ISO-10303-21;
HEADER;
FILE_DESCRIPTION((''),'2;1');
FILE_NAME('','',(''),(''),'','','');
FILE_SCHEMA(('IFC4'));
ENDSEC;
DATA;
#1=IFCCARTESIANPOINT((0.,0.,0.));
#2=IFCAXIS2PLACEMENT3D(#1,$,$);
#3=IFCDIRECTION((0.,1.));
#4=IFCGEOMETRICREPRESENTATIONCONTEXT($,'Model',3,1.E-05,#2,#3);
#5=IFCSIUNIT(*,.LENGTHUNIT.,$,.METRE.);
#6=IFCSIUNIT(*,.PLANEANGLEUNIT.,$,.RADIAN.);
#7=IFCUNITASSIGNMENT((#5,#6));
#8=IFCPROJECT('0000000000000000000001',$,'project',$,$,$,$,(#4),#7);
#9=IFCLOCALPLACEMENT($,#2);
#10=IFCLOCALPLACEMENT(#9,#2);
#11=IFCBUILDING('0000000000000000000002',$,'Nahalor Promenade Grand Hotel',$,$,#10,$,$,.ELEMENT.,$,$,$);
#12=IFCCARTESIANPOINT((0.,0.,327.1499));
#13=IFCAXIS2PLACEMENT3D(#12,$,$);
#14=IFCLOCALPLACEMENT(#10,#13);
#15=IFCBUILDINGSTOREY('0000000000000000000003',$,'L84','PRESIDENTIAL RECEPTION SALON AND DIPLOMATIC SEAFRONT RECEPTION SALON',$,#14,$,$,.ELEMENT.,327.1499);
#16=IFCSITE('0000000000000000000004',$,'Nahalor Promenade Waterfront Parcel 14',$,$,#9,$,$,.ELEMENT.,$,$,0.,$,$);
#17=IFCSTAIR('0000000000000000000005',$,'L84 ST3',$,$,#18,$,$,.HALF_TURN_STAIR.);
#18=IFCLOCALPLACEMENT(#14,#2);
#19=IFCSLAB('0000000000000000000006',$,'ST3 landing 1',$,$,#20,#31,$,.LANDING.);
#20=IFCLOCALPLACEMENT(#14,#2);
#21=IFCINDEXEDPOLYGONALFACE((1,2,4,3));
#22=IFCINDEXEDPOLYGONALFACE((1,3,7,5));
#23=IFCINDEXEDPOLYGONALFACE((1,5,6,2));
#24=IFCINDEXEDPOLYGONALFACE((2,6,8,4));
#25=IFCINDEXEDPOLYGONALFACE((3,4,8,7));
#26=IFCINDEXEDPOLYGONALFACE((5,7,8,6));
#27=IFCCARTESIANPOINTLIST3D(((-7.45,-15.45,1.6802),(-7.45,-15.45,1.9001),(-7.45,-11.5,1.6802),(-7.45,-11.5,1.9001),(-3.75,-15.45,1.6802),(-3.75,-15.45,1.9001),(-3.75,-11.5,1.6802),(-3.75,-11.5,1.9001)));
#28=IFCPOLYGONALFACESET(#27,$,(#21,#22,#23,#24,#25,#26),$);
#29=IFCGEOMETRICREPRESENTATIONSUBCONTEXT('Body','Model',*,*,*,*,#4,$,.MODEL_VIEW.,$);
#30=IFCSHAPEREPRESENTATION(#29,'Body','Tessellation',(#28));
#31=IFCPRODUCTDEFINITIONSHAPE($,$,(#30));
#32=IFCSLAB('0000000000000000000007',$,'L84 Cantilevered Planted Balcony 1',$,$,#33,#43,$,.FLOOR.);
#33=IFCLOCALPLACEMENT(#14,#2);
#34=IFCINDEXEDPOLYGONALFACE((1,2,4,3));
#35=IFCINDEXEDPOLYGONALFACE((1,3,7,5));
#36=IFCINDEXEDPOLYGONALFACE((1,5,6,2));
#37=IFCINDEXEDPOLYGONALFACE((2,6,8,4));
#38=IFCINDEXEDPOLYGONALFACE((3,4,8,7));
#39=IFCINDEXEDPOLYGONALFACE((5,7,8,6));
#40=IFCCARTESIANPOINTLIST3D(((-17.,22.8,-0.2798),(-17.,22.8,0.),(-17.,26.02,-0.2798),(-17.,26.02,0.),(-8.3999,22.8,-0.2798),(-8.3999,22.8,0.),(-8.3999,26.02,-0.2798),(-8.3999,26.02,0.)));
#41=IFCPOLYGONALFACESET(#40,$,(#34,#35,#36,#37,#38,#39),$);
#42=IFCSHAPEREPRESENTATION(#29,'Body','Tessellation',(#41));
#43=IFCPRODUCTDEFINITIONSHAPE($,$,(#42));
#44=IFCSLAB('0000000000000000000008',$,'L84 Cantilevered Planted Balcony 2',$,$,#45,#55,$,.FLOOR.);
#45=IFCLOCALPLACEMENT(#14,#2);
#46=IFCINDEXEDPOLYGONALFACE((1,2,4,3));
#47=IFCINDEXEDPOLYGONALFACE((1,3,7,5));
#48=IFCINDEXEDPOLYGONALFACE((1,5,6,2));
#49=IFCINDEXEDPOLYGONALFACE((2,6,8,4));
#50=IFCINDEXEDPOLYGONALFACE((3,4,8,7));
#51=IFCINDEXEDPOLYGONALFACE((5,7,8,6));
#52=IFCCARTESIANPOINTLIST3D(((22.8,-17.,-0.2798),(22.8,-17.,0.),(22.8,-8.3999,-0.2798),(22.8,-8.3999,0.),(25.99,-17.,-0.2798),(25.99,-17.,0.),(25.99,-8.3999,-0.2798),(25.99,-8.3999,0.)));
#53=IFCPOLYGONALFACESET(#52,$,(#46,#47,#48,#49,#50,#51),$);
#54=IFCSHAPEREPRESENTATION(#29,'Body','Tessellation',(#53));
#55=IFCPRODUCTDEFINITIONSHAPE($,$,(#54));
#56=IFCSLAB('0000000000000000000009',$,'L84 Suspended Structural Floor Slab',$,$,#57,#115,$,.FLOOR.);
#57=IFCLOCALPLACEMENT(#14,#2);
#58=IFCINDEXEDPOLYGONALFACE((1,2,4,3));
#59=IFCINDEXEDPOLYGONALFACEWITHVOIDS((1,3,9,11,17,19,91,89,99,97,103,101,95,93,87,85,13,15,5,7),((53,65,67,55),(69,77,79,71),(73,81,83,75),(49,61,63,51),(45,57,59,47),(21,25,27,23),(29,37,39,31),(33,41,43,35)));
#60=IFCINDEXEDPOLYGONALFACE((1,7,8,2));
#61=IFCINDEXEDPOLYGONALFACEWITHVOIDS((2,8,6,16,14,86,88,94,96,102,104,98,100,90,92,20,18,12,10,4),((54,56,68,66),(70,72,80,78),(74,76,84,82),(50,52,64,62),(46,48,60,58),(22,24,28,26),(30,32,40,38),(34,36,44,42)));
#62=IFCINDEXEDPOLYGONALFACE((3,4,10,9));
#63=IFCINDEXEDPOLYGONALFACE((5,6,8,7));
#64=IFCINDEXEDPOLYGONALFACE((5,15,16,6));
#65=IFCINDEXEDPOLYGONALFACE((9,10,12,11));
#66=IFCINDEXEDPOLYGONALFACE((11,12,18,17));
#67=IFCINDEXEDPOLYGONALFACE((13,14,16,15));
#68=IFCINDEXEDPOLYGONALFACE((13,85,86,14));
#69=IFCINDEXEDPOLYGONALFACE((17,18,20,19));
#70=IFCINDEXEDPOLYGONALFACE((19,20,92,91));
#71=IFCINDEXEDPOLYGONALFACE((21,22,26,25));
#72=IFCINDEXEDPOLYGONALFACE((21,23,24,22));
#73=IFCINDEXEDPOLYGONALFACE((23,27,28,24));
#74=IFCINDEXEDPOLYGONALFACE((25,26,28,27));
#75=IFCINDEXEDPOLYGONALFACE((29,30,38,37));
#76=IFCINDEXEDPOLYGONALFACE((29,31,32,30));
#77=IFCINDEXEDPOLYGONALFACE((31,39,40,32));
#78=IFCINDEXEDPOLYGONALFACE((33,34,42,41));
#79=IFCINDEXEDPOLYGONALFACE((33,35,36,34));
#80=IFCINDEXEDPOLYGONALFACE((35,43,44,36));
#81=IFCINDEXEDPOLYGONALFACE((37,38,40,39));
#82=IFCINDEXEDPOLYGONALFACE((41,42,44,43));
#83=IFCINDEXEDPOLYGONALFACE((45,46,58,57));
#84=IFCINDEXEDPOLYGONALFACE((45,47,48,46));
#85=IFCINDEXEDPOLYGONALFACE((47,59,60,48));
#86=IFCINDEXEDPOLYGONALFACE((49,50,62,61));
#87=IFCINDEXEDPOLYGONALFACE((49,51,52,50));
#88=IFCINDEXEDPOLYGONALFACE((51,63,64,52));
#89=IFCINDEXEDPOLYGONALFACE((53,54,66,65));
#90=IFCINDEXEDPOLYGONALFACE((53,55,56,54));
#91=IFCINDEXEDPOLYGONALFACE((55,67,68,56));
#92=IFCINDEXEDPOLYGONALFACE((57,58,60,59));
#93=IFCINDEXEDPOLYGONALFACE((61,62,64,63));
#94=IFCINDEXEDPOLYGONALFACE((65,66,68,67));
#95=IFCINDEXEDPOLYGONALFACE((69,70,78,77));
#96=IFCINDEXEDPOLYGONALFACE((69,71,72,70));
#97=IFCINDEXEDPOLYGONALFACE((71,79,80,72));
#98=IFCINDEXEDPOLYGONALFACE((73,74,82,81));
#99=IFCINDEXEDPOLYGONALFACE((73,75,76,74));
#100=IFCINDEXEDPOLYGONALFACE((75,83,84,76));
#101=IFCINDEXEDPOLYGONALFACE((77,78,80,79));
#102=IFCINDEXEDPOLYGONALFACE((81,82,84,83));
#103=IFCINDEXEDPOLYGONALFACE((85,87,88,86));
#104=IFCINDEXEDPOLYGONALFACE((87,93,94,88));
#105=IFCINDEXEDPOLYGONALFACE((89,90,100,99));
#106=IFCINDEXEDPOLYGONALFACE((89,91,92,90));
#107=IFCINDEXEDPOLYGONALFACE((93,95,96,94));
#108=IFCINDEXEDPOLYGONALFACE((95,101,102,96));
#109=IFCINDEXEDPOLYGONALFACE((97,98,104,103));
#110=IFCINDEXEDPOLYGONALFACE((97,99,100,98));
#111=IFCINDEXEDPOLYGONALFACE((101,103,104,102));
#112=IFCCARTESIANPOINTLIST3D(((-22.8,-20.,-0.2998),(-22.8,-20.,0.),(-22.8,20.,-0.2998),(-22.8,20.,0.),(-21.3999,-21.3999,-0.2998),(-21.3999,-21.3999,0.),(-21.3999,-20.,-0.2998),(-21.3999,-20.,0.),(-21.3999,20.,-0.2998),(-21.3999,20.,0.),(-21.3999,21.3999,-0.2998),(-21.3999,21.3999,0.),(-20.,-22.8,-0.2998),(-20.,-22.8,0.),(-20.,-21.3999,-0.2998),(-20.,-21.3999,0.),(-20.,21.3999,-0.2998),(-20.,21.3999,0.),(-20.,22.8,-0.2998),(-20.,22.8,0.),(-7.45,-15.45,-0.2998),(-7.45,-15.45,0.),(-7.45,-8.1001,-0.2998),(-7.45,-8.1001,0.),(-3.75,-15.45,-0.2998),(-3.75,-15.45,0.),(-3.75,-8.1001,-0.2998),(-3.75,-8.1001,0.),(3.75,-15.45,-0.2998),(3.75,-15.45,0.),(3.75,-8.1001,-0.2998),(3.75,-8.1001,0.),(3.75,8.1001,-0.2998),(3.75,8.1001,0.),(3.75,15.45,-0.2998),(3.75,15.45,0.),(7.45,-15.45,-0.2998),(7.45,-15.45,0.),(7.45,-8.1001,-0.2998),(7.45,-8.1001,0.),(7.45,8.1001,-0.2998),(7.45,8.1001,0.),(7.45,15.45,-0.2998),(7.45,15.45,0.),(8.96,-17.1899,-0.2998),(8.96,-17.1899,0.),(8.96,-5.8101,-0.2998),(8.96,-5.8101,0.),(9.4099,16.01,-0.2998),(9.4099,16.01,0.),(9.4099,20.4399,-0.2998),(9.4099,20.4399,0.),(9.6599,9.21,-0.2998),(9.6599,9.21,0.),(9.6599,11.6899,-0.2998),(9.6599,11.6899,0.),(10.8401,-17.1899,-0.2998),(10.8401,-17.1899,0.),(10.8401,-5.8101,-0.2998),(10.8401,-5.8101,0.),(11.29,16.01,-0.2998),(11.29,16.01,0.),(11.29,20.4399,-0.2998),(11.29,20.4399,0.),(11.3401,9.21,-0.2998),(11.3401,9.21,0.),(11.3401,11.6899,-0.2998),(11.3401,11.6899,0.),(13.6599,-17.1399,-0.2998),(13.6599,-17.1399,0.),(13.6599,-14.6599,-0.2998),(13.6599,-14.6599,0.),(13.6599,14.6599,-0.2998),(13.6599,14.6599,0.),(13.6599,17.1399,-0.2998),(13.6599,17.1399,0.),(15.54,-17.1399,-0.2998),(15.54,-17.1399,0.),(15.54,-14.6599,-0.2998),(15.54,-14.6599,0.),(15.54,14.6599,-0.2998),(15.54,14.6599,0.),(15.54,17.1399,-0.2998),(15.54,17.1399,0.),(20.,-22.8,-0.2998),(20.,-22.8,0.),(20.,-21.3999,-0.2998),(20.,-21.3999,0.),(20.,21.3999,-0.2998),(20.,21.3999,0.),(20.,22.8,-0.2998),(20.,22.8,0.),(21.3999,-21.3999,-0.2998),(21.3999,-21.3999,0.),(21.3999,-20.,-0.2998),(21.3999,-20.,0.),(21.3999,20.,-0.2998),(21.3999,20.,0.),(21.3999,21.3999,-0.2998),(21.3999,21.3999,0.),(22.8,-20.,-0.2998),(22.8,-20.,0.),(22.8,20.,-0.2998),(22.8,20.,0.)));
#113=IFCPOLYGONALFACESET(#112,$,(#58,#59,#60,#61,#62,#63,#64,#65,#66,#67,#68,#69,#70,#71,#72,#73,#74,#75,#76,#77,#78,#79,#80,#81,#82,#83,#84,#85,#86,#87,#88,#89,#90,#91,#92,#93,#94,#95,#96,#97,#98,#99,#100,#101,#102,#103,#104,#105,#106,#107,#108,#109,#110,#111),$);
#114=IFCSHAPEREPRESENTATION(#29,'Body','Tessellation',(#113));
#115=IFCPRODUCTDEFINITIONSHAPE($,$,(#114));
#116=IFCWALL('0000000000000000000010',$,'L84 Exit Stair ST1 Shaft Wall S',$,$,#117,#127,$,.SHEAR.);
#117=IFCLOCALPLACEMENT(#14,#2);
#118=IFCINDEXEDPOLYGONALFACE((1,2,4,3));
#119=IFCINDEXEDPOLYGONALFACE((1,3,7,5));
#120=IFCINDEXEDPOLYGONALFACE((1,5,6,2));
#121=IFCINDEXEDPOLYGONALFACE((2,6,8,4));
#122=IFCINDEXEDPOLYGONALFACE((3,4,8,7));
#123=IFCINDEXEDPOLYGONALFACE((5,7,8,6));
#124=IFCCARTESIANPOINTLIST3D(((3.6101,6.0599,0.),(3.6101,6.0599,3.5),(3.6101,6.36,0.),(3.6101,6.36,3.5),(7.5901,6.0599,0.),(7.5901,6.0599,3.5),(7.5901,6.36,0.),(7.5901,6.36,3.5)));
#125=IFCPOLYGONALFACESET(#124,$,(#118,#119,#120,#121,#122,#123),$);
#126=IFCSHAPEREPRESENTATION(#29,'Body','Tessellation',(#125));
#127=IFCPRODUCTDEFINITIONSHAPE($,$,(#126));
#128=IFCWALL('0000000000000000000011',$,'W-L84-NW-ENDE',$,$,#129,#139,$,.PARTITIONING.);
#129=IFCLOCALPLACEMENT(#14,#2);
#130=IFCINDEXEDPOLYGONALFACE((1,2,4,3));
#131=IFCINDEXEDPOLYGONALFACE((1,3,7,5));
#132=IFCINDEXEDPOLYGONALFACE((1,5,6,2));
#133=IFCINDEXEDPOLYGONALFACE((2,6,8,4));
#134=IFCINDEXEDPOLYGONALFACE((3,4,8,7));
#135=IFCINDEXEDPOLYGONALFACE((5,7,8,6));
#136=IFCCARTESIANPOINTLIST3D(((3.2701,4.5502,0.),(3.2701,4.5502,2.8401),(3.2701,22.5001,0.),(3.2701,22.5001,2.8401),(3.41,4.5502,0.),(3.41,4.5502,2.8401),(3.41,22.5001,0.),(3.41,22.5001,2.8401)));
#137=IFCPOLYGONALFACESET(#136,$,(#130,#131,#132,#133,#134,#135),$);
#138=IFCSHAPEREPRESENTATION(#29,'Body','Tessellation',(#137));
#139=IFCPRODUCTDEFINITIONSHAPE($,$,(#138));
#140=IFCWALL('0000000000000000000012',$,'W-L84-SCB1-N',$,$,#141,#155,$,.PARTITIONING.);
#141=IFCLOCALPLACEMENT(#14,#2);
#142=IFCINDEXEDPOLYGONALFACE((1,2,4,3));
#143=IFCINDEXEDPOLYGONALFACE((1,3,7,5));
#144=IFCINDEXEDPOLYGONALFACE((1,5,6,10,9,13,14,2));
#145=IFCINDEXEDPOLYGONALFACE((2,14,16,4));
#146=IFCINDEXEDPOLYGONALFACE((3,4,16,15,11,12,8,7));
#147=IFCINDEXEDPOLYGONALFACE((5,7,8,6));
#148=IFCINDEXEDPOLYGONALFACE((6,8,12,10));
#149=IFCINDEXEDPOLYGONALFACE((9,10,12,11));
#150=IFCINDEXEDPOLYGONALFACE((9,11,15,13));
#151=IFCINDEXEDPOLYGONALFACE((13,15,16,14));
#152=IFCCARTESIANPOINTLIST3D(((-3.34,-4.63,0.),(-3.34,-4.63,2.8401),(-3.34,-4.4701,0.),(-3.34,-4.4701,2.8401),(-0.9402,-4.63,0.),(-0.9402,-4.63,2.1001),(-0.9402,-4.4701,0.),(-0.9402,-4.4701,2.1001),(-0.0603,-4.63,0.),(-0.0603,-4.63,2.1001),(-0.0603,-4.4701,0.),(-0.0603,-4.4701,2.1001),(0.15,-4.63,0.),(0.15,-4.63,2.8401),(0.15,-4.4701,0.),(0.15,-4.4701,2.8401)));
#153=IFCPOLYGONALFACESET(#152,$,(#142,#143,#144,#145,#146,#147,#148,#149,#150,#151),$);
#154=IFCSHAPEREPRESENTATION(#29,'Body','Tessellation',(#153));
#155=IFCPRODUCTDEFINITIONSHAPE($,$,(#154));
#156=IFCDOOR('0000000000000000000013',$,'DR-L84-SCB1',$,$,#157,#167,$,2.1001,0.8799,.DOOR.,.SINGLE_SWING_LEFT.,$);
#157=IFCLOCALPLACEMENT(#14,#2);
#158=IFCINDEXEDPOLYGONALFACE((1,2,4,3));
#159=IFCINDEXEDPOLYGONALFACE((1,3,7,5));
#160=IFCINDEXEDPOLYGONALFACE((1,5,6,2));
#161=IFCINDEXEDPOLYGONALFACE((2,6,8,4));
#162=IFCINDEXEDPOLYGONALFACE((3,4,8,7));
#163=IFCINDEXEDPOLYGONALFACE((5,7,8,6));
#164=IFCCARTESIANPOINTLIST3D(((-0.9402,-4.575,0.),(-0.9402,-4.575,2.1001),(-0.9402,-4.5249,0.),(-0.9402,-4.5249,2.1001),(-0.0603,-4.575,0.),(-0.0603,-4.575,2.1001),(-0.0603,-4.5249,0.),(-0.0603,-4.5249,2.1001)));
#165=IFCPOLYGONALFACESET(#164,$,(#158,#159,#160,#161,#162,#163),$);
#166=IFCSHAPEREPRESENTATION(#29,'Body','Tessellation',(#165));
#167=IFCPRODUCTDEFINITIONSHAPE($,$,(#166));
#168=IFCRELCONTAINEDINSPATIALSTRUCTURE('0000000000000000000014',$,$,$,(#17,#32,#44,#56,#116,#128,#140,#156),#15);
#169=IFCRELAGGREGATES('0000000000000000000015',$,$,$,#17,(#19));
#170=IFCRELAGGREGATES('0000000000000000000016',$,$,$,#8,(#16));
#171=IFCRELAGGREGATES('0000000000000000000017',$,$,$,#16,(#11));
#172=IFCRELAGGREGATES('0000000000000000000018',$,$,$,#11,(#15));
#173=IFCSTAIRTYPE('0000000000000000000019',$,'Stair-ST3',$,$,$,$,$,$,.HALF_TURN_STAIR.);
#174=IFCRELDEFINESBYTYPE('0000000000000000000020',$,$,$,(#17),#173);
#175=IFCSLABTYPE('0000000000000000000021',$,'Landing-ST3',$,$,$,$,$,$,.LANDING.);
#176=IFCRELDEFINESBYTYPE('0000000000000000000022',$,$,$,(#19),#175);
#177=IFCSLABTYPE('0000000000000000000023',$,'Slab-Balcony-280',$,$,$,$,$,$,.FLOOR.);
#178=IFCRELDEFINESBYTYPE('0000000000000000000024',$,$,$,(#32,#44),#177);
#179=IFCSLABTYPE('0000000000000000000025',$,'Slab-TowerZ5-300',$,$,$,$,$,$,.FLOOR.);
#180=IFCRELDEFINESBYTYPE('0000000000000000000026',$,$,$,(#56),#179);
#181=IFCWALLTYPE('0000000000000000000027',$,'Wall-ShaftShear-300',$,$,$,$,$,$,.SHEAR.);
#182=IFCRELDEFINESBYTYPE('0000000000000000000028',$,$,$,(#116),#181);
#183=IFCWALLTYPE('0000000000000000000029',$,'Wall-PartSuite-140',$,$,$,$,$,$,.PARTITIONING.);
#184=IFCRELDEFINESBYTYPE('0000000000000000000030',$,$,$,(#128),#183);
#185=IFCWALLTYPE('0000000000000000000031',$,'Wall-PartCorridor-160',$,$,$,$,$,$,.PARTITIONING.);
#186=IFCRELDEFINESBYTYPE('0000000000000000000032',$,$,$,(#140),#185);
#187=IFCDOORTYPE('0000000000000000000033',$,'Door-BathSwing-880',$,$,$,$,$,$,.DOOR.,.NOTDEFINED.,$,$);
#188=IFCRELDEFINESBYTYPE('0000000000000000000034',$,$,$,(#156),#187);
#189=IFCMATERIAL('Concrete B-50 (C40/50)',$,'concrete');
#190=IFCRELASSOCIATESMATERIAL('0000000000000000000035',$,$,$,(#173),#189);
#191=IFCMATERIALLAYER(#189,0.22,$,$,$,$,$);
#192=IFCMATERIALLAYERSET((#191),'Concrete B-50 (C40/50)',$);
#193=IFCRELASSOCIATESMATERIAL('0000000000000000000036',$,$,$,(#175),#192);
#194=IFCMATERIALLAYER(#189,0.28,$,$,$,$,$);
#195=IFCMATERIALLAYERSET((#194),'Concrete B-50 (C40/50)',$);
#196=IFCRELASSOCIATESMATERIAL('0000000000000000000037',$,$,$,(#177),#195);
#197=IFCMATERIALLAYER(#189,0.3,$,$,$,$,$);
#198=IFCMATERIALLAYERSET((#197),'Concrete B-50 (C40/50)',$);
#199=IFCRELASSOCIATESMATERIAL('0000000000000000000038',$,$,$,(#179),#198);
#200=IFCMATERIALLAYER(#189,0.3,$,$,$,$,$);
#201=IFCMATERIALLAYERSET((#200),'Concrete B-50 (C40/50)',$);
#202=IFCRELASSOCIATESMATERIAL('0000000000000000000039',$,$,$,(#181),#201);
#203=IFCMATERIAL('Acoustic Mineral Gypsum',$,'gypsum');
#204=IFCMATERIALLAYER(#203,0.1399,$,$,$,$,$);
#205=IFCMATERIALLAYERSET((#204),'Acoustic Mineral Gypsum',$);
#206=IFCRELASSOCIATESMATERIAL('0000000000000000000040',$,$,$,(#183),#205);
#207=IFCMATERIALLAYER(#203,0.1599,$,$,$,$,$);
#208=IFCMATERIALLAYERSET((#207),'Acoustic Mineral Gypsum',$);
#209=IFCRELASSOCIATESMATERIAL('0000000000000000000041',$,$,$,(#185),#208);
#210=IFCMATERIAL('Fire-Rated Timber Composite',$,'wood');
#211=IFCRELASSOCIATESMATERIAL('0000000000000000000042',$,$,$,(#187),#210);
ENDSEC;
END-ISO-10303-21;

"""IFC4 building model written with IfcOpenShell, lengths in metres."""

from ifc_helpers import new_model, si_unit, direction, frame, frame_2d, origin, place, context, subcontext, project, spatial, polyline, rectangle, outline, extrude, source, transform, mapped, material, layer, layer_set, type_object, element, fill, aggregate, save


model = new_model("IFC4")

# Units and contexts
model_context = context("Model", 3, precision=1e-05, world=origin(), true_north=direction((0.0, 1.0)))
body_context = subcontext(model_context, "Body", "Model", "MODEL_VIEW")
ifc_project = project(units=[si_unit("LENGTHUNIT", "METRE"), si_unit("PLANEANGLEUNIT", "RADIAN")], contexts=[model_context])

# Site, building, storey
site_placement = place(None, origin())
site = spatial("IfcSite", under=ifc_project, at=site_placement, Name="Nahalor Promenade Waterfront Parcel 14", CompositionType="ELEMENT", RefElevation=0.0)
building_placement = place(site_placement, origin())
building = spatial("IfcBuilding", under=site, at=building_placement, Name="Nahalor Promenade Grand Hotel", CompositionType="ELEMENT")
storey_placement = place(building_placement, frame((0.0, 0.0, 327.1499)))
storey = spatial("IfcBuildingStorey", under=building, at=storey_placement, Name="L84", Description="PRESIDENTIAL RECEPTION SALON AND DIPLOMATIC SEAFRONT RECEPTION SALON", CompositionType="ELEMENT", Elevation=327.1499)

# Shared definitions
ifc_material_1 = material(Name="Concrete B-50 (C40/50)", Category="concrete")

# Stair, slab
stair_type_1 = type_object("IfcStairType", Name="Stair-ST3", PredefinedType="HALF_TURN_STAIR", material=ifc_material_1)
stair_1_placement = place(storey_placement, origin())
stair_1 = element("IfcStair", 1, at=stair_1_placement, inside=storey, type_object=stair_type_1, Name="L84 ST3", PredefinedType="HALF_TURN_STAIR")
ifc_layer_1 = layer(ifc_material_1, 0.22)
ifc_layer_set_1 = layer_set([ifc_layer_1], Name="Concrete B-50 (C40/50)")
slab_type_1 = type_object("IfcSlabType", Name="Landing-ST3", PredefinedType="LANDING", material=ifc_layer_set_1)
slab_1_placement = place(storey_placement, frame((0.0, 0.0, 1.6802)))
slab_1 = element("IfcSlab", 2, at=slab_1_placement, type_object=slab_type_1, Name="ST3 landing 1", PredefinedType="LANDING", context=body_context, shape_type="SweptSolid", body=[
    extrude(outline(polyline([(-7.45, -11.5), (-7.45, -15.45), (-3.75, -15.45), (-3.75, -11.5), (-7.45, -11.5)])), origin(), (0.0, 0.0, 1.0), 0.22),
])
aggregate(stair_1, [slab_1])

# Slabs
ifc_layer_2 = layer(ifc_material_1, 0.28)
ifc_layer_set_2 = layer_set([ifc_layer_2], Name="Concrete B-50 (C40/50)")
slab_type_2 = type_object("IfcSlabType", Name="Slab-Balcony-280", PredefinedType="FLOOR", material=ifc_layer_set_2)
slab_2_placement = place(storey_placement, frame((0.0, 0.0, -0.2798)))
element("IfcSlab", 3, at=slab_2_placement, inside=storey, type_object=slab_type_2, Name="L84 Cantilevered Planted Balcony 1", PredefinedType="FLOOR", context=body_context, shape_type="SweptSolid", body=[
    extrude(outline(polyline([(-17.0, 22.8), (-8.3999, 22.8), (-8.3999, 26.02), (-17.0, 26.02), (-17.0, 22.8)])), origin(), (0.0, 0.0, 1.0), 0.2798),
])
slab_3_placement = place(storey_placement, frame((0.0, 0.0, -0.2798)))
element("IfcSlab", 4, at=slab_3_placement, inside=storey, type_object=slab_type_2, Name="L84 Cantilevered Planted Balcony 2", PredefinedType="FLOOR", context=body_context, shape_type="SweptSolid", body=[
    extrude(outline(polyline([(22.8, -17.0), (25.99, -17.0), (25.99, -8.3999), (22.8, -8.3999), (22.8, -17.0)])), origin(), (0.0, 0.0, 1.0), 0.2798),
])
ifc_layer_3 = layer(ifc_material_1, 0.3)
ifc_layer_set_3 = layer_set([ifc_layer_3], Name="Concrete B-50 (C40/50)")
slab_type_3 = type_object("IfcSlabType", Name="Slab-TowerZ5-300", PredefinedType="FLOOR", material=ifc_layer_set_3)
slab_4_placement = place(storey_placement, frame((0.0, 0.0, -0.2998)))
element("IfcSlab", 5, at=slab_4_placement, inside=storey, type_object=slab_type_3, Name="L84 Suspended Structural Floor Slab", PredefinedType="FLOOR", context=body_context, shape_type="SweptSolid", body=[
    extrude(outline(polyline([(-20.0, -22.8), (20.0, -22.8), (20.0, -21.3999), (21.3999, -21.3999), (21.3999, -20.0), (22.8, -20.0), (22.8, 20.0), (21.3999, 20.0), (21.3999, 21.3999), (20.0, 21.3999), (20.0, 22.8), (-20.0, 22.8), (-20.0, 21.3999), (-21.3999, 21.3999), (-21.3999, 20.0), (-22.8, 20.0), (-22.8, -20.0), (-21.3999, -20.0), (-21.3999, -21.3999), (-20.0, -21.3999), (-20.0, -22.8)]), holes=[polyline([(3.75, 8.1001), (7.45, 8.1001), (7.45, 15.45), (3.75, 15.45), (3.75, 8.1001)]), polyline([(3.75, -15.45), (7.45, -15.45), (7.45, -8.1001), (3.75, -8.1001), (3.75, -15.45)]), polyline([(-7.45, -15.45), (-3.75, -15.45), (-3.75, -8.1001), (-7.45, -8.1001), (-7.45, -15.45)]), polyline([(8.96, -17.1899), (10.8401, -17.1899), (10.8401, -5.8101), (8.96, -5.8101), (8.96, -17.1899)]), polyline([(9.4099, 16.01), (11.29, 16.01), (11.29, 20.4399), (9.4099, 20.4399), (9.4099, 16.01)]), polyline([(9.6599, 9.21), (11.3401, 9.21), (11.3401, 11.6899), (9.6599, 11.6899), (9.6599, 9.21)]), polyline([(13.6599, 14.6599), (15.54, 14.6599), (15.54, 17.1399), (13.6599, 17.1399), (13.6599, 14.6599)]), polyline([(13.6599, -17.1399), (15.54, -17.1399), (15.54, -14.6599), (13.6599, -14.6599), (13.6599, -17.1399)])]), origin(), (0.0, 0.0, 1.0), 0.2998),
])

# Walls
ifc_layer_4 = layer(ifc_material_1, 0.3)
ifc_layer_set_4 = layer_set([ifc_layer_4], Name="Concrete B-50 (C40/50)")
wall_type_1 = type_object("IfcWallType", Name="Wall-ShaftShear-300", PredefinedType="SHEAR", material=ifc_layer_set_4)
shared_shape_1 = source(origin(), body_context, "Body", "SweptSolid", [
    extrude(rectangle(XDim=3.98, YDim=0.3, at=frame_2d((1.99, 0.0))), origin(), (0.0, 0.0, 1.0), 3.5),
])
wall_1_placement = place(storey_placement, frame((3.6101, 6.21, 0.0), z_axis=(0.0, 0.0, 1.0), x_axis=(1.0, 0.0, 0.0)))
element("IfcWall", 6, at=wall_1_placement, inside=storey, type_object=wall_type_1, Name="L84 Exit Stair ST1 Shaft Wall S", PredefinedType="SHEAR", context=body_context, shape_type="MappedRepresentation", body=[
    mapped(shared_shape_1, transform((0.0, 0.0, 0.0), scale=1.0)),
])
ifc_material_2 = material(Name="Acoustic Mineral Gypsum", Category="gypsum")
ifc_layer_5 = layer(ifc_material_2, 0.1399)
ifc_layer_set_5 = layer_set([ifc_layer_5], Name="Acoustic Mineral Gypsum")
wall_type_2 = type_object("IfcWallType", Name="Wall-PartSuite-140", PredefinedType="PARTITIONING", material=ifc_layer_set_5)
shared_shape_2 = source(origin(), body_context, "Body", "SweptSolid", [
    extrude(rectangle(XDim=17.95, YDim=0.1399, at=frame_2d((8.9751, 0.0))), origin(), (0.0, 0.0, 1.0), 2.8401),
])
wall_2_placement = place(storey_placement, frame((3.3401, 4.55, 0.0), z_axis=(0.0, 0.0, 1.0), x_axis=(0.0, 1.0, 0.0)))
element("IfcWall", 7, at=wall_2_placement, inside=storey, type_object=wall_type_2, Name="W-L84-NW-ENDE", PredefinedType="PARTITIONING", context=body_context, shape_type="MappedRepresentation", body=[
    mapped(shared_shape_2, transform((0.0, 0.0, 0.0), scale=1.0)),
])

# Wall, opening, door
ifc_layer_6 = layer(ifc_material_2, 0.1599)
ifc_layer_set_6 = layer_set([ifc_layer_6], Name="Acoustic Mineral Gypsum")
wall_type_3 = type_object("IfcWallType", Name="Wall-PartCorridor-160", PredefinedType="PARTITIONING", material=ifc_layer_set_6)
shared_shape_3 = source(origin(), body_context, "Body", "SweptSolid", [
    extrude(rectangle(XDim=3.49, YDim=0.1599, at=frame_2d((1.7451, 0.0))), origin(), (0.0, 0.0, 1.0), 2.8401),
])
wall_3_placement = place(storey_placement, frame((-3.3401, -4.55, 0.0), z_axis=(0.0, 0.0, 1.0), x_axis=(1.0, 0.0, 0.0)))
wall_3 = element("IfcWall", 8, at=wall_3_placement, inside=storey, type_object=wall_type_3, Name="W-L84-SCB1-N", PredefinedType="PARTITIONING", context=body_context, shape_type="MappedRepresentation", body=[
    mapped(shared_shape_3, transform((0.0, 0.0, 0.0), scale=1.0)),
])
opening_1_placement = place(wall_3_placement, frame((2.3999, 0.0, 0.0)))
opening_1 = element("IfcOpeningElement", 9, at=opening_1_placement, cuts=wall_3, PredefinedType="OPENING", context=body_context, shape_type="SweptSolid", body=[
    extrude(rectangle(XDim=0.8799, YDim=2.1001, at=frame_2d((0.4399, 1.05))), frame((0.0, 0.0898, 0.0), z_axis=(0.0, -1.0, 0.0), x_axis=(1.0, 0.0, 0.0)), (0.0, 0.0, 1.0), 0.1799),
])
ifc_material_3 = material(Name="Fire-Rated Timber Composite", Category="wood")
door_type = type_object("IfcDoorType", Name="Door-BathSwing-880", OperationType="NOTDEFINED", PredefinedType="DOOR", material=ifc_material_3)
shared_shape_4 = source(origin(), body_context, "Body", "SweptSolid", [
    extrude(rectangle(XDim=0.8799, YDim=2.1001, at=frame_2d((0.4399, 1.05))), frame((0.0, 0.0249, 0.0), z_axis=(0.0, -1.0, 0.0), x_axis=(1.0, 0.0, 0.0)), (0.0, 0.0, 1.0), 0.05),
])
door_1_placement = place(opening_1_placement, frame((0.8799, 0.0, 0.0), z_axis=(0.0, 0.0, 1.0), x_axis=(-1.0, 0.0, 0.0)))
door_1 = element("IfcDoor", 10, at=door_1_placement, inside=storey, type_object=door_type, Name="DR-L84-SCB1", OperationType="SINGLE_SWING_LEFT", OverallHeight=2.1001, OverallWidth=0.8799, PredefinedType="DOOR", context=body_context, shape_type="MappedRepresentation", body=[
    mapped(shared_shape_4, transform((0.0, 0.0, 0.0), scale=1.0)),
])
fill(opening_1, door_1)

save(model, "model.ifc")
